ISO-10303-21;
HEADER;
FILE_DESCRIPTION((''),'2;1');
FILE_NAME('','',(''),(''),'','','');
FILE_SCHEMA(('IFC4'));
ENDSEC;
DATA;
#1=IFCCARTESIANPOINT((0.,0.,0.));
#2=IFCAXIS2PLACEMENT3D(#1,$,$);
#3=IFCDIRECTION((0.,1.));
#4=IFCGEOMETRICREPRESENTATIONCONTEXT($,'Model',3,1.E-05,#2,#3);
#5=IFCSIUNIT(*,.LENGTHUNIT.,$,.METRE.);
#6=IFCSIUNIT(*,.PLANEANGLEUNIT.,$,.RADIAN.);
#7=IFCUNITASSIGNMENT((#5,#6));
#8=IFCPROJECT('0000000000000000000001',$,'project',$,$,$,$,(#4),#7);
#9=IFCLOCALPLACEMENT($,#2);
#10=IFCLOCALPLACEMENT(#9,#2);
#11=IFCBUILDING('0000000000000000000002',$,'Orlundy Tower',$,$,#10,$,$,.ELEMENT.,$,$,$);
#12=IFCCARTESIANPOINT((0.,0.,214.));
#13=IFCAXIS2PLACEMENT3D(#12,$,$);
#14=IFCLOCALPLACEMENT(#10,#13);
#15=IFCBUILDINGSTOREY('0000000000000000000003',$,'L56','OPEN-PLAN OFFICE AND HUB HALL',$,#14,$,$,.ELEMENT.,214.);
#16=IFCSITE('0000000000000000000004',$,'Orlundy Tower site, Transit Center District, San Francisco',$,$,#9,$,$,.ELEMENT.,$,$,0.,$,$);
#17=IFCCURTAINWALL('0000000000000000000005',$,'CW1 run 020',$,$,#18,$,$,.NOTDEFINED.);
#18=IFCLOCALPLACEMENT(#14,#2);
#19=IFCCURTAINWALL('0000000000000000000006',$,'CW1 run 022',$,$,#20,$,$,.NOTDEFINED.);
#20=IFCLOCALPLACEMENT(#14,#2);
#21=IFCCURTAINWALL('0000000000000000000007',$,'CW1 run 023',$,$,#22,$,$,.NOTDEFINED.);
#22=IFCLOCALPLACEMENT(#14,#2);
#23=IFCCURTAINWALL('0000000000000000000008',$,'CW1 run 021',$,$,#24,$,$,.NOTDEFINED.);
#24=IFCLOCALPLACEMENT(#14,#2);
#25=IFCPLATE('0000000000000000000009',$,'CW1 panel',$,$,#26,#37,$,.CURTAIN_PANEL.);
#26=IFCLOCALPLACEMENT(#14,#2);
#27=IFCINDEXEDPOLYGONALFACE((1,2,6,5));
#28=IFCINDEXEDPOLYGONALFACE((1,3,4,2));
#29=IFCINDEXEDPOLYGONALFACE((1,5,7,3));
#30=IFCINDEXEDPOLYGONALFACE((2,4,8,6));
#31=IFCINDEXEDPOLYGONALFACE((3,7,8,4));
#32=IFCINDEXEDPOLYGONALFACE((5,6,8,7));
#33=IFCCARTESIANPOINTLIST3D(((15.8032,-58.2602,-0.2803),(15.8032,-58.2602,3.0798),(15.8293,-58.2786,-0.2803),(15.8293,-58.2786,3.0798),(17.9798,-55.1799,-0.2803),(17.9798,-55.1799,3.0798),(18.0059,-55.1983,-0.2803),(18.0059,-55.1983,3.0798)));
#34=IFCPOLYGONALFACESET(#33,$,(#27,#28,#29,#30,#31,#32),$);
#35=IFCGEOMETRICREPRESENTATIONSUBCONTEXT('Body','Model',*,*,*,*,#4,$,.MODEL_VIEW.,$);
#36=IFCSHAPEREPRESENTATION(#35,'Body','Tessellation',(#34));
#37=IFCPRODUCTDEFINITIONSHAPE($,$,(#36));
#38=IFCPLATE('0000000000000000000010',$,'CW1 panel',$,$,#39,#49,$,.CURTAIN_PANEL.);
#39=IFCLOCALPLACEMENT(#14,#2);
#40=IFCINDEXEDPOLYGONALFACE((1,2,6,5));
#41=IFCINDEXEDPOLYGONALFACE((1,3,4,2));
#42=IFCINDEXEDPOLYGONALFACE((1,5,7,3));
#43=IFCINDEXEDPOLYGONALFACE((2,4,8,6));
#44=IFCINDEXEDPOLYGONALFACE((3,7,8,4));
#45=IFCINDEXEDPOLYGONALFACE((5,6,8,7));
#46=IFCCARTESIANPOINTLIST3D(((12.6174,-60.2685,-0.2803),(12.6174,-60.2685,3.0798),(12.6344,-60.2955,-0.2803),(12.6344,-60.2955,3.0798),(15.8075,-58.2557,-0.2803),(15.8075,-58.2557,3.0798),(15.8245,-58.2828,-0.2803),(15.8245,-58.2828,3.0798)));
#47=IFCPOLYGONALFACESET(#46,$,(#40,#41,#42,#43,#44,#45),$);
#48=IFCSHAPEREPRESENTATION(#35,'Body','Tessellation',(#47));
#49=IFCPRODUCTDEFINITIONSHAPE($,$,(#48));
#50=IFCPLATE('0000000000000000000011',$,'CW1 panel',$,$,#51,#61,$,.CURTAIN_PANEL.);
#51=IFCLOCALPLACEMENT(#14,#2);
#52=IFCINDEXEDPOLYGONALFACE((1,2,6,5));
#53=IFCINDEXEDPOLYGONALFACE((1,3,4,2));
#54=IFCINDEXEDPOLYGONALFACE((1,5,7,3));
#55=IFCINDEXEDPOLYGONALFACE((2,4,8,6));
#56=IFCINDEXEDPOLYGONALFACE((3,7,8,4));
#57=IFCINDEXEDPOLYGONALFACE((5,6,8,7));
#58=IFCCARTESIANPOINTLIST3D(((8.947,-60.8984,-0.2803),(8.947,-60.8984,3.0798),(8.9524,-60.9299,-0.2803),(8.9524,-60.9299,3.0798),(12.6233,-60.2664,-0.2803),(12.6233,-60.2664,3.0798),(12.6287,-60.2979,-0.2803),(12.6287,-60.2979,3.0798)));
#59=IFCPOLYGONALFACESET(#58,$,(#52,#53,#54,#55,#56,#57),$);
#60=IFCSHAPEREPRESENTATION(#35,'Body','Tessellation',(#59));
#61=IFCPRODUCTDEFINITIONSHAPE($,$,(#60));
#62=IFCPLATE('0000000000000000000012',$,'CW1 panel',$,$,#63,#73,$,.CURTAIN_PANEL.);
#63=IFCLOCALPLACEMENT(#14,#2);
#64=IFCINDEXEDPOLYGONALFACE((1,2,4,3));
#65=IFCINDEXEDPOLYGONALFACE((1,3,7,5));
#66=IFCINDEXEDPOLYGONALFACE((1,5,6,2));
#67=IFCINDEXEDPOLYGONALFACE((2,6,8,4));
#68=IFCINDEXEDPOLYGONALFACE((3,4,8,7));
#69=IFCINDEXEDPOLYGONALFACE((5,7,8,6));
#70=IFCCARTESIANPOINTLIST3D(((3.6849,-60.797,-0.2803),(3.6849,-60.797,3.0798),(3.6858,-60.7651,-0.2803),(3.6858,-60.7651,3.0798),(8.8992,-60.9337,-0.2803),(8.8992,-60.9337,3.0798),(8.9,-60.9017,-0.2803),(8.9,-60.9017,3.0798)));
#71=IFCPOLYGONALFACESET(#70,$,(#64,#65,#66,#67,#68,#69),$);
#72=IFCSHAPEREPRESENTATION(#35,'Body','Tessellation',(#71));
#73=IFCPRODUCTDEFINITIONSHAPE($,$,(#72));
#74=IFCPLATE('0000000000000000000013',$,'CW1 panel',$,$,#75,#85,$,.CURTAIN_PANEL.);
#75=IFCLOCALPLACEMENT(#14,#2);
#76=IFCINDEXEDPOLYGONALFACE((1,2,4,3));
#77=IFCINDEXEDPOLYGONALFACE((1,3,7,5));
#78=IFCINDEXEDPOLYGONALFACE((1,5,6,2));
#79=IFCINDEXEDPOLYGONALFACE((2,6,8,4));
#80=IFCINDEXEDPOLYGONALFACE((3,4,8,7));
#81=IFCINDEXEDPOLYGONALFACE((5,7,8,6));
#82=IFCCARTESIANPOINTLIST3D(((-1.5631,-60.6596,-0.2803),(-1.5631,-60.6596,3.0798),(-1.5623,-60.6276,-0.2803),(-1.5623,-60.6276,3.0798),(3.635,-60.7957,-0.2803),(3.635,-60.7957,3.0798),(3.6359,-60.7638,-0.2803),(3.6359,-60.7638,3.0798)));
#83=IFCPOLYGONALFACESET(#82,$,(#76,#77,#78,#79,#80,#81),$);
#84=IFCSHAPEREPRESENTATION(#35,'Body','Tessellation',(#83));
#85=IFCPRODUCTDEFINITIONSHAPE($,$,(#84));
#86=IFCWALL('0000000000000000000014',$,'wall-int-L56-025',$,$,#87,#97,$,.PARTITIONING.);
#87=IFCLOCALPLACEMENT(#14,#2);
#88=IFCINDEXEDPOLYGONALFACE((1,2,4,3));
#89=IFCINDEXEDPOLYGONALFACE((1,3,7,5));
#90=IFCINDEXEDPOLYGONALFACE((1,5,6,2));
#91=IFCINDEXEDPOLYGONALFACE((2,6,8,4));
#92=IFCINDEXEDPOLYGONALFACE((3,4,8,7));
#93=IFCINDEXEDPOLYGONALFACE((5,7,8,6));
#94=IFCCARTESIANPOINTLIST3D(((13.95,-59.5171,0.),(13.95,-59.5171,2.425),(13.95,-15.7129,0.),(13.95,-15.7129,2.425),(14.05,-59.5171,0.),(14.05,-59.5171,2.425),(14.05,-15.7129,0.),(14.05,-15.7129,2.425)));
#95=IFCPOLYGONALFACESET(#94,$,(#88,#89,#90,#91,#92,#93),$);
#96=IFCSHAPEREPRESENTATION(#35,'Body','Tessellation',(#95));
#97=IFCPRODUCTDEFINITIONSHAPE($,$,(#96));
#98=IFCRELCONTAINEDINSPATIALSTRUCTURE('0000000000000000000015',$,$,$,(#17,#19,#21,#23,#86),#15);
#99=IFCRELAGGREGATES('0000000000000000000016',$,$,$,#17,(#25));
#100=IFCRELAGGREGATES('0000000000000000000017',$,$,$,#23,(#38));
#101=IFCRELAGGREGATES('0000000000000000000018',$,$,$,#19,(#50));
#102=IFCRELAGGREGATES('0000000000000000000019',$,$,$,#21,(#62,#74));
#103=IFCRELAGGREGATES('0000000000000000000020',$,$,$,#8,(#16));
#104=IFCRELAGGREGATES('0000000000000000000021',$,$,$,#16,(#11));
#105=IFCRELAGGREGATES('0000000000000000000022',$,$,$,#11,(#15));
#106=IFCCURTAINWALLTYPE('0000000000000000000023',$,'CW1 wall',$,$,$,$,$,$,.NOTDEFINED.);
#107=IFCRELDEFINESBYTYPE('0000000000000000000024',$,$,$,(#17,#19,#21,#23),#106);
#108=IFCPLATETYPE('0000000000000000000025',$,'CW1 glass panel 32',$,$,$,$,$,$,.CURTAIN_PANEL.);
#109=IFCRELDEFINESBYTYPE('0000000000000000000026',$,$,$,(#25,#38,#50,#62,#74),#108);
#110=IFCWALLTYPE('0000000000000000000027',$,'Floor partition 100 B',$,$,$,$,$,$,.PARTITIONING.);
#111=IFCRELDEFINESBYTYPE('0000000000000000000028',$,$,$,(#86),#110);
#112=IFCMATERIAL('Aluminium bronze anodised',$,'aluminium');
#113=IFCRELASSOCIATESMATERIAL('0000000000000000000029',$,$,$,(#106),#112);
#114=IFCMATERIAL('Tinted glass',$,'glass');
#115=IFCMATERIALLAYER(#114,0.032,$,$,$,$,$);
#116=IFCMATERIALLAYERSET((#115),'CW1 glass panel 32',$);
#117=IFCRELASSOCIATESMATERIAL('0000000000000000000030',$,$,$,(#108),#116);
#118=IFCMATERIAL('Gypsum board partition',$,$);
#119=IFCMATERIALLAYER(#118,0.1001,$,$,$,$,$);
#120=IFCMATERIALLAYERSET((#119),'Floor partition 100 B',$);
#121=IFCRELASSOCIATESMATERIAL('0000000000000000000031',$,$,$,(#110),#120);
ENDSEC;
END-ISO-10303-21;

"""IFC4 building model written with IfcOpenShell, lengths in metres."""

from ifc_helpers import new_model, si_unit, direction, frame, frame_2d, origin, origin_2d, place, context, subcontext, project, spatial, rectangle, extrude, material, layer, layer_set, type_object, element, aggregate, save


model = new_model("IFC4")

# Units and contexts
model_context = context("Model", 3, precision=1e-05, world=origin(), true_north=direction((0.0, 1.0)))
body_context = subcontext(model_context, "Body", "Model", "MODEL_VIEW")
ifc_project = project(units=[si_unit("LENGTHUNIT", "METRE"), si_unit("PLANEANGLEUNIT", "RADIAN")], contexts=[model_context])

# Site, building, storey
site_placement = place(None, origin())
site = spatial("IfcSite", under=ifc_project, at=site_placement, Name="Orlundy Tower site, Transit Center District, San Francisco", CompositionType="ELEMENT", RefElevation=0.0)
building_placement = place(site_placement, origin())
building = spatial("IfcBuilding", under=site, at=building_placement, Name="Orlundy Tower", CompositionType="ELEMENT")
storey_placement = place(building_placement, frame((0.0, 0.0, 214.0)))
storey = spatial("IfcBuildingStorey", under=building, at=storey_placement, Name="L56", Description="OPEN-PLAN OFFICE AND HUB HALL", CompositionType="ELEMENT", Elevation=214.0)

# Curtain walls
ifc_material_1 = material(Name="Aluminium bronze anodised", Category="aluminium")
curtain_wall_type = type_object("IfcCurtainWallType", Name="CW1 wall", PredefinedType="NOTDEFINED", material=ifc_material_1)
curtain_wall_1_placement = place(storey_placement, origin())
curtain_wall_1 = element("IfcCurtainWall", 1, at=curtain_wall_1_placement, inside=storey, type_object=curtain_wall_type, Name="CW1 run 020", PredefinedType="NOTDEFINED")
curtain_wall_2_placement = place(storey_placement, origin())
curtain_wall_2 = element("IfcCurtainWall", 2, at=curtain_wall_2_placement, inside=storey, type_object=curtain_wall_type, Name="CW1 run 022", PredefinedType="NOTDEFINED")

# Curtain wall
curtain_wall_3_placement = place(storey_placement, origin())
curtain_wall_3 = element("IfcCurtainWall", 3, at=curtain_wall_3_placement, inside=storey, type_object=curtain_wall_type, Name="CW1 run 023", PredefinedType="NOTDEFINED")

# Curtain wall
curtain_wall_4_placement = place(storey_placement, origin())
curtain_wall_4 = element("IfcCurtainWall", 4, at=curtain_wall_4_placement, inside=storey, type_object=curtain_wall_type, Name="CW1 run 021", PredefinedType="NOTDEFINED")

# Plates
ifc_material_2 = material(Name="Tinted glass", Category="glass")
ifc_layer_1 = layer(ifc_material_2, 0.032)
ifc_layer_set_1 = layer_set([ifc_layer_1], Name="CW1 glass panel 32")
plate_type = type_object("IfcPlateType", Name="CW1 glass panel 32", PredefinedType="CURTAIN_PANEL", material=ifc_layer_set_1)
plate_1_placement = place(storey_placement, frame((16.9045, -56.7292, -0.2803), z_axis=(0.0, 0.0, 1.0), x_axis=(-0.577096, -0.816676, 0.0)))
plate_1 = element("IfcPlate", 5, at=plate_1_placement, type_object=plate_type, Name="CW1 panel", PredefinedType="CURTAIN_PANEL", context=body_context, shape_type="SweptSolid", body=[
    extrude(rectangle(XDim=3.7717, YDim=0.032, at=origin_2d()), origin(), (0.0, 0.0, 1.0), 3.3601),
])
aggregate(curtain_wall_1, [plate_1])
plate_2_placement = place(storey_placement, frame((14.2209, -59.2756, -0.2803), z_axis=(0.0, 0.0, 1.0), x_axis=(-0.845732, -0.533607, 0.0)))
plate_2 = element("IfcPlate", 6, at=plate_2_placement, type_object=plate_type, Name="CW1 panel", PredefinedType="CURTAIN_PANEL", context=body_context, shape_type="SweptSolid", body=[
    extrude(rectangle(XDim=3.772, YDim=0.032, at=origin_2d()), origin(), (0.0, 0.0, 1.0), 3.3601),
])
aggregate(curtain_wall_4, [plate_2])
plate_3_placement = place(storey_placement, frame((10.7878, -60.5981, -0.2803), z_axis=(0.0, 0.0, 1.0), x_axis=(-0.985543, -0.169428, 0.0)))
plate_3 = element("IfcPlate", 7, at=plate_3_placement, type_object=plate_type, Name="CW1 panel", PredefinedType="CURTAIN_PANEL", context=body_context, shape_type="SweptSolid", body=[
    extrude(rectangle(XDim=3.7302, YDim=0.032, at=origin_2d()), origin(), (0.0, 0.0, 1.0), 3.3601),
])
aggregate(curtain_wall_2, [plate_3])
plate_4_placement = place(storey_placement, frame((6.2925, -60.8494, -0.2803), z_axis=(0.0, 0.0, 1.0), x_axis=(-0.999657, 0.02619, 0.0)))
plate_4 = element("IfcPlate", 8, at=plate_4_placement, type_object=plate_type, Name="CW1 panel", PredefinedType="CURTAIN_PANEL", context=body_context, shape_type="SweptSolid", body=[
    extrude(rectangle(XDim=5.2161, YDim=0.032, at=origin_2d()), origin(), (0.0, 0.0, 1.0), 3.3601),
])
plate_5_placement = place(storey_placement, frame((1.0364, -60.7117, -0.2803), z_axis=(0.0, 0.0, 1.0), x_axis=(-0.999657, 0.02619, 0.0)))
plate_5 = element("IfcPlate", 9, at=plate_5_placement, type_object=plate_type, Name="CW1 panel", PredefinedType="CURTAIN_PANEL", context=body_context, shape_type="SweptSolid", body=[
    extrude(rectangle(XDim=5.2, YDim=0.032, at=origin_2d()), origin(), (0.0, 0.0, 1.0), 3.3601),
])
aggregate(curtain_wall_3, [plate_4, plate_5])

# Wall
ifc_material_3 = material(Name="Gypsum board partition")
ifc_layer_2 = layer(ifc_material_3, 0.1001)
ifc_layer_set_2 = layer_set([ifc_layer_2], Name="Floor partition 100 B")
wall_type = type_object("IfcWallType", Name="Floor partition 100 B", PredefinedType="PARTITIONING", material=ifc_layer_set_2)
wall_placement = place(storey_placement, frame((14.0, -59.5171, 0.0), z_axis=(0.0, 0.0, 1.0), x_axis=(0.0, 1.0, 0.0)))
element("IfcWall", 10, at=wall_placement, inside=storey, type_object=wall_type, Name="wall-int-L56-025", PredefinedType="PARTITIONING", context=body_context, shape_type="SweptSolid", body=[
    extrude(rectangle(XDim=43.8042, YDim=0.1001, at=frame_2d((21.9021, 0.0))), origin(), (0.0, 0.0, 1.0), 2.425),
])

save(model, "model.ifc")
